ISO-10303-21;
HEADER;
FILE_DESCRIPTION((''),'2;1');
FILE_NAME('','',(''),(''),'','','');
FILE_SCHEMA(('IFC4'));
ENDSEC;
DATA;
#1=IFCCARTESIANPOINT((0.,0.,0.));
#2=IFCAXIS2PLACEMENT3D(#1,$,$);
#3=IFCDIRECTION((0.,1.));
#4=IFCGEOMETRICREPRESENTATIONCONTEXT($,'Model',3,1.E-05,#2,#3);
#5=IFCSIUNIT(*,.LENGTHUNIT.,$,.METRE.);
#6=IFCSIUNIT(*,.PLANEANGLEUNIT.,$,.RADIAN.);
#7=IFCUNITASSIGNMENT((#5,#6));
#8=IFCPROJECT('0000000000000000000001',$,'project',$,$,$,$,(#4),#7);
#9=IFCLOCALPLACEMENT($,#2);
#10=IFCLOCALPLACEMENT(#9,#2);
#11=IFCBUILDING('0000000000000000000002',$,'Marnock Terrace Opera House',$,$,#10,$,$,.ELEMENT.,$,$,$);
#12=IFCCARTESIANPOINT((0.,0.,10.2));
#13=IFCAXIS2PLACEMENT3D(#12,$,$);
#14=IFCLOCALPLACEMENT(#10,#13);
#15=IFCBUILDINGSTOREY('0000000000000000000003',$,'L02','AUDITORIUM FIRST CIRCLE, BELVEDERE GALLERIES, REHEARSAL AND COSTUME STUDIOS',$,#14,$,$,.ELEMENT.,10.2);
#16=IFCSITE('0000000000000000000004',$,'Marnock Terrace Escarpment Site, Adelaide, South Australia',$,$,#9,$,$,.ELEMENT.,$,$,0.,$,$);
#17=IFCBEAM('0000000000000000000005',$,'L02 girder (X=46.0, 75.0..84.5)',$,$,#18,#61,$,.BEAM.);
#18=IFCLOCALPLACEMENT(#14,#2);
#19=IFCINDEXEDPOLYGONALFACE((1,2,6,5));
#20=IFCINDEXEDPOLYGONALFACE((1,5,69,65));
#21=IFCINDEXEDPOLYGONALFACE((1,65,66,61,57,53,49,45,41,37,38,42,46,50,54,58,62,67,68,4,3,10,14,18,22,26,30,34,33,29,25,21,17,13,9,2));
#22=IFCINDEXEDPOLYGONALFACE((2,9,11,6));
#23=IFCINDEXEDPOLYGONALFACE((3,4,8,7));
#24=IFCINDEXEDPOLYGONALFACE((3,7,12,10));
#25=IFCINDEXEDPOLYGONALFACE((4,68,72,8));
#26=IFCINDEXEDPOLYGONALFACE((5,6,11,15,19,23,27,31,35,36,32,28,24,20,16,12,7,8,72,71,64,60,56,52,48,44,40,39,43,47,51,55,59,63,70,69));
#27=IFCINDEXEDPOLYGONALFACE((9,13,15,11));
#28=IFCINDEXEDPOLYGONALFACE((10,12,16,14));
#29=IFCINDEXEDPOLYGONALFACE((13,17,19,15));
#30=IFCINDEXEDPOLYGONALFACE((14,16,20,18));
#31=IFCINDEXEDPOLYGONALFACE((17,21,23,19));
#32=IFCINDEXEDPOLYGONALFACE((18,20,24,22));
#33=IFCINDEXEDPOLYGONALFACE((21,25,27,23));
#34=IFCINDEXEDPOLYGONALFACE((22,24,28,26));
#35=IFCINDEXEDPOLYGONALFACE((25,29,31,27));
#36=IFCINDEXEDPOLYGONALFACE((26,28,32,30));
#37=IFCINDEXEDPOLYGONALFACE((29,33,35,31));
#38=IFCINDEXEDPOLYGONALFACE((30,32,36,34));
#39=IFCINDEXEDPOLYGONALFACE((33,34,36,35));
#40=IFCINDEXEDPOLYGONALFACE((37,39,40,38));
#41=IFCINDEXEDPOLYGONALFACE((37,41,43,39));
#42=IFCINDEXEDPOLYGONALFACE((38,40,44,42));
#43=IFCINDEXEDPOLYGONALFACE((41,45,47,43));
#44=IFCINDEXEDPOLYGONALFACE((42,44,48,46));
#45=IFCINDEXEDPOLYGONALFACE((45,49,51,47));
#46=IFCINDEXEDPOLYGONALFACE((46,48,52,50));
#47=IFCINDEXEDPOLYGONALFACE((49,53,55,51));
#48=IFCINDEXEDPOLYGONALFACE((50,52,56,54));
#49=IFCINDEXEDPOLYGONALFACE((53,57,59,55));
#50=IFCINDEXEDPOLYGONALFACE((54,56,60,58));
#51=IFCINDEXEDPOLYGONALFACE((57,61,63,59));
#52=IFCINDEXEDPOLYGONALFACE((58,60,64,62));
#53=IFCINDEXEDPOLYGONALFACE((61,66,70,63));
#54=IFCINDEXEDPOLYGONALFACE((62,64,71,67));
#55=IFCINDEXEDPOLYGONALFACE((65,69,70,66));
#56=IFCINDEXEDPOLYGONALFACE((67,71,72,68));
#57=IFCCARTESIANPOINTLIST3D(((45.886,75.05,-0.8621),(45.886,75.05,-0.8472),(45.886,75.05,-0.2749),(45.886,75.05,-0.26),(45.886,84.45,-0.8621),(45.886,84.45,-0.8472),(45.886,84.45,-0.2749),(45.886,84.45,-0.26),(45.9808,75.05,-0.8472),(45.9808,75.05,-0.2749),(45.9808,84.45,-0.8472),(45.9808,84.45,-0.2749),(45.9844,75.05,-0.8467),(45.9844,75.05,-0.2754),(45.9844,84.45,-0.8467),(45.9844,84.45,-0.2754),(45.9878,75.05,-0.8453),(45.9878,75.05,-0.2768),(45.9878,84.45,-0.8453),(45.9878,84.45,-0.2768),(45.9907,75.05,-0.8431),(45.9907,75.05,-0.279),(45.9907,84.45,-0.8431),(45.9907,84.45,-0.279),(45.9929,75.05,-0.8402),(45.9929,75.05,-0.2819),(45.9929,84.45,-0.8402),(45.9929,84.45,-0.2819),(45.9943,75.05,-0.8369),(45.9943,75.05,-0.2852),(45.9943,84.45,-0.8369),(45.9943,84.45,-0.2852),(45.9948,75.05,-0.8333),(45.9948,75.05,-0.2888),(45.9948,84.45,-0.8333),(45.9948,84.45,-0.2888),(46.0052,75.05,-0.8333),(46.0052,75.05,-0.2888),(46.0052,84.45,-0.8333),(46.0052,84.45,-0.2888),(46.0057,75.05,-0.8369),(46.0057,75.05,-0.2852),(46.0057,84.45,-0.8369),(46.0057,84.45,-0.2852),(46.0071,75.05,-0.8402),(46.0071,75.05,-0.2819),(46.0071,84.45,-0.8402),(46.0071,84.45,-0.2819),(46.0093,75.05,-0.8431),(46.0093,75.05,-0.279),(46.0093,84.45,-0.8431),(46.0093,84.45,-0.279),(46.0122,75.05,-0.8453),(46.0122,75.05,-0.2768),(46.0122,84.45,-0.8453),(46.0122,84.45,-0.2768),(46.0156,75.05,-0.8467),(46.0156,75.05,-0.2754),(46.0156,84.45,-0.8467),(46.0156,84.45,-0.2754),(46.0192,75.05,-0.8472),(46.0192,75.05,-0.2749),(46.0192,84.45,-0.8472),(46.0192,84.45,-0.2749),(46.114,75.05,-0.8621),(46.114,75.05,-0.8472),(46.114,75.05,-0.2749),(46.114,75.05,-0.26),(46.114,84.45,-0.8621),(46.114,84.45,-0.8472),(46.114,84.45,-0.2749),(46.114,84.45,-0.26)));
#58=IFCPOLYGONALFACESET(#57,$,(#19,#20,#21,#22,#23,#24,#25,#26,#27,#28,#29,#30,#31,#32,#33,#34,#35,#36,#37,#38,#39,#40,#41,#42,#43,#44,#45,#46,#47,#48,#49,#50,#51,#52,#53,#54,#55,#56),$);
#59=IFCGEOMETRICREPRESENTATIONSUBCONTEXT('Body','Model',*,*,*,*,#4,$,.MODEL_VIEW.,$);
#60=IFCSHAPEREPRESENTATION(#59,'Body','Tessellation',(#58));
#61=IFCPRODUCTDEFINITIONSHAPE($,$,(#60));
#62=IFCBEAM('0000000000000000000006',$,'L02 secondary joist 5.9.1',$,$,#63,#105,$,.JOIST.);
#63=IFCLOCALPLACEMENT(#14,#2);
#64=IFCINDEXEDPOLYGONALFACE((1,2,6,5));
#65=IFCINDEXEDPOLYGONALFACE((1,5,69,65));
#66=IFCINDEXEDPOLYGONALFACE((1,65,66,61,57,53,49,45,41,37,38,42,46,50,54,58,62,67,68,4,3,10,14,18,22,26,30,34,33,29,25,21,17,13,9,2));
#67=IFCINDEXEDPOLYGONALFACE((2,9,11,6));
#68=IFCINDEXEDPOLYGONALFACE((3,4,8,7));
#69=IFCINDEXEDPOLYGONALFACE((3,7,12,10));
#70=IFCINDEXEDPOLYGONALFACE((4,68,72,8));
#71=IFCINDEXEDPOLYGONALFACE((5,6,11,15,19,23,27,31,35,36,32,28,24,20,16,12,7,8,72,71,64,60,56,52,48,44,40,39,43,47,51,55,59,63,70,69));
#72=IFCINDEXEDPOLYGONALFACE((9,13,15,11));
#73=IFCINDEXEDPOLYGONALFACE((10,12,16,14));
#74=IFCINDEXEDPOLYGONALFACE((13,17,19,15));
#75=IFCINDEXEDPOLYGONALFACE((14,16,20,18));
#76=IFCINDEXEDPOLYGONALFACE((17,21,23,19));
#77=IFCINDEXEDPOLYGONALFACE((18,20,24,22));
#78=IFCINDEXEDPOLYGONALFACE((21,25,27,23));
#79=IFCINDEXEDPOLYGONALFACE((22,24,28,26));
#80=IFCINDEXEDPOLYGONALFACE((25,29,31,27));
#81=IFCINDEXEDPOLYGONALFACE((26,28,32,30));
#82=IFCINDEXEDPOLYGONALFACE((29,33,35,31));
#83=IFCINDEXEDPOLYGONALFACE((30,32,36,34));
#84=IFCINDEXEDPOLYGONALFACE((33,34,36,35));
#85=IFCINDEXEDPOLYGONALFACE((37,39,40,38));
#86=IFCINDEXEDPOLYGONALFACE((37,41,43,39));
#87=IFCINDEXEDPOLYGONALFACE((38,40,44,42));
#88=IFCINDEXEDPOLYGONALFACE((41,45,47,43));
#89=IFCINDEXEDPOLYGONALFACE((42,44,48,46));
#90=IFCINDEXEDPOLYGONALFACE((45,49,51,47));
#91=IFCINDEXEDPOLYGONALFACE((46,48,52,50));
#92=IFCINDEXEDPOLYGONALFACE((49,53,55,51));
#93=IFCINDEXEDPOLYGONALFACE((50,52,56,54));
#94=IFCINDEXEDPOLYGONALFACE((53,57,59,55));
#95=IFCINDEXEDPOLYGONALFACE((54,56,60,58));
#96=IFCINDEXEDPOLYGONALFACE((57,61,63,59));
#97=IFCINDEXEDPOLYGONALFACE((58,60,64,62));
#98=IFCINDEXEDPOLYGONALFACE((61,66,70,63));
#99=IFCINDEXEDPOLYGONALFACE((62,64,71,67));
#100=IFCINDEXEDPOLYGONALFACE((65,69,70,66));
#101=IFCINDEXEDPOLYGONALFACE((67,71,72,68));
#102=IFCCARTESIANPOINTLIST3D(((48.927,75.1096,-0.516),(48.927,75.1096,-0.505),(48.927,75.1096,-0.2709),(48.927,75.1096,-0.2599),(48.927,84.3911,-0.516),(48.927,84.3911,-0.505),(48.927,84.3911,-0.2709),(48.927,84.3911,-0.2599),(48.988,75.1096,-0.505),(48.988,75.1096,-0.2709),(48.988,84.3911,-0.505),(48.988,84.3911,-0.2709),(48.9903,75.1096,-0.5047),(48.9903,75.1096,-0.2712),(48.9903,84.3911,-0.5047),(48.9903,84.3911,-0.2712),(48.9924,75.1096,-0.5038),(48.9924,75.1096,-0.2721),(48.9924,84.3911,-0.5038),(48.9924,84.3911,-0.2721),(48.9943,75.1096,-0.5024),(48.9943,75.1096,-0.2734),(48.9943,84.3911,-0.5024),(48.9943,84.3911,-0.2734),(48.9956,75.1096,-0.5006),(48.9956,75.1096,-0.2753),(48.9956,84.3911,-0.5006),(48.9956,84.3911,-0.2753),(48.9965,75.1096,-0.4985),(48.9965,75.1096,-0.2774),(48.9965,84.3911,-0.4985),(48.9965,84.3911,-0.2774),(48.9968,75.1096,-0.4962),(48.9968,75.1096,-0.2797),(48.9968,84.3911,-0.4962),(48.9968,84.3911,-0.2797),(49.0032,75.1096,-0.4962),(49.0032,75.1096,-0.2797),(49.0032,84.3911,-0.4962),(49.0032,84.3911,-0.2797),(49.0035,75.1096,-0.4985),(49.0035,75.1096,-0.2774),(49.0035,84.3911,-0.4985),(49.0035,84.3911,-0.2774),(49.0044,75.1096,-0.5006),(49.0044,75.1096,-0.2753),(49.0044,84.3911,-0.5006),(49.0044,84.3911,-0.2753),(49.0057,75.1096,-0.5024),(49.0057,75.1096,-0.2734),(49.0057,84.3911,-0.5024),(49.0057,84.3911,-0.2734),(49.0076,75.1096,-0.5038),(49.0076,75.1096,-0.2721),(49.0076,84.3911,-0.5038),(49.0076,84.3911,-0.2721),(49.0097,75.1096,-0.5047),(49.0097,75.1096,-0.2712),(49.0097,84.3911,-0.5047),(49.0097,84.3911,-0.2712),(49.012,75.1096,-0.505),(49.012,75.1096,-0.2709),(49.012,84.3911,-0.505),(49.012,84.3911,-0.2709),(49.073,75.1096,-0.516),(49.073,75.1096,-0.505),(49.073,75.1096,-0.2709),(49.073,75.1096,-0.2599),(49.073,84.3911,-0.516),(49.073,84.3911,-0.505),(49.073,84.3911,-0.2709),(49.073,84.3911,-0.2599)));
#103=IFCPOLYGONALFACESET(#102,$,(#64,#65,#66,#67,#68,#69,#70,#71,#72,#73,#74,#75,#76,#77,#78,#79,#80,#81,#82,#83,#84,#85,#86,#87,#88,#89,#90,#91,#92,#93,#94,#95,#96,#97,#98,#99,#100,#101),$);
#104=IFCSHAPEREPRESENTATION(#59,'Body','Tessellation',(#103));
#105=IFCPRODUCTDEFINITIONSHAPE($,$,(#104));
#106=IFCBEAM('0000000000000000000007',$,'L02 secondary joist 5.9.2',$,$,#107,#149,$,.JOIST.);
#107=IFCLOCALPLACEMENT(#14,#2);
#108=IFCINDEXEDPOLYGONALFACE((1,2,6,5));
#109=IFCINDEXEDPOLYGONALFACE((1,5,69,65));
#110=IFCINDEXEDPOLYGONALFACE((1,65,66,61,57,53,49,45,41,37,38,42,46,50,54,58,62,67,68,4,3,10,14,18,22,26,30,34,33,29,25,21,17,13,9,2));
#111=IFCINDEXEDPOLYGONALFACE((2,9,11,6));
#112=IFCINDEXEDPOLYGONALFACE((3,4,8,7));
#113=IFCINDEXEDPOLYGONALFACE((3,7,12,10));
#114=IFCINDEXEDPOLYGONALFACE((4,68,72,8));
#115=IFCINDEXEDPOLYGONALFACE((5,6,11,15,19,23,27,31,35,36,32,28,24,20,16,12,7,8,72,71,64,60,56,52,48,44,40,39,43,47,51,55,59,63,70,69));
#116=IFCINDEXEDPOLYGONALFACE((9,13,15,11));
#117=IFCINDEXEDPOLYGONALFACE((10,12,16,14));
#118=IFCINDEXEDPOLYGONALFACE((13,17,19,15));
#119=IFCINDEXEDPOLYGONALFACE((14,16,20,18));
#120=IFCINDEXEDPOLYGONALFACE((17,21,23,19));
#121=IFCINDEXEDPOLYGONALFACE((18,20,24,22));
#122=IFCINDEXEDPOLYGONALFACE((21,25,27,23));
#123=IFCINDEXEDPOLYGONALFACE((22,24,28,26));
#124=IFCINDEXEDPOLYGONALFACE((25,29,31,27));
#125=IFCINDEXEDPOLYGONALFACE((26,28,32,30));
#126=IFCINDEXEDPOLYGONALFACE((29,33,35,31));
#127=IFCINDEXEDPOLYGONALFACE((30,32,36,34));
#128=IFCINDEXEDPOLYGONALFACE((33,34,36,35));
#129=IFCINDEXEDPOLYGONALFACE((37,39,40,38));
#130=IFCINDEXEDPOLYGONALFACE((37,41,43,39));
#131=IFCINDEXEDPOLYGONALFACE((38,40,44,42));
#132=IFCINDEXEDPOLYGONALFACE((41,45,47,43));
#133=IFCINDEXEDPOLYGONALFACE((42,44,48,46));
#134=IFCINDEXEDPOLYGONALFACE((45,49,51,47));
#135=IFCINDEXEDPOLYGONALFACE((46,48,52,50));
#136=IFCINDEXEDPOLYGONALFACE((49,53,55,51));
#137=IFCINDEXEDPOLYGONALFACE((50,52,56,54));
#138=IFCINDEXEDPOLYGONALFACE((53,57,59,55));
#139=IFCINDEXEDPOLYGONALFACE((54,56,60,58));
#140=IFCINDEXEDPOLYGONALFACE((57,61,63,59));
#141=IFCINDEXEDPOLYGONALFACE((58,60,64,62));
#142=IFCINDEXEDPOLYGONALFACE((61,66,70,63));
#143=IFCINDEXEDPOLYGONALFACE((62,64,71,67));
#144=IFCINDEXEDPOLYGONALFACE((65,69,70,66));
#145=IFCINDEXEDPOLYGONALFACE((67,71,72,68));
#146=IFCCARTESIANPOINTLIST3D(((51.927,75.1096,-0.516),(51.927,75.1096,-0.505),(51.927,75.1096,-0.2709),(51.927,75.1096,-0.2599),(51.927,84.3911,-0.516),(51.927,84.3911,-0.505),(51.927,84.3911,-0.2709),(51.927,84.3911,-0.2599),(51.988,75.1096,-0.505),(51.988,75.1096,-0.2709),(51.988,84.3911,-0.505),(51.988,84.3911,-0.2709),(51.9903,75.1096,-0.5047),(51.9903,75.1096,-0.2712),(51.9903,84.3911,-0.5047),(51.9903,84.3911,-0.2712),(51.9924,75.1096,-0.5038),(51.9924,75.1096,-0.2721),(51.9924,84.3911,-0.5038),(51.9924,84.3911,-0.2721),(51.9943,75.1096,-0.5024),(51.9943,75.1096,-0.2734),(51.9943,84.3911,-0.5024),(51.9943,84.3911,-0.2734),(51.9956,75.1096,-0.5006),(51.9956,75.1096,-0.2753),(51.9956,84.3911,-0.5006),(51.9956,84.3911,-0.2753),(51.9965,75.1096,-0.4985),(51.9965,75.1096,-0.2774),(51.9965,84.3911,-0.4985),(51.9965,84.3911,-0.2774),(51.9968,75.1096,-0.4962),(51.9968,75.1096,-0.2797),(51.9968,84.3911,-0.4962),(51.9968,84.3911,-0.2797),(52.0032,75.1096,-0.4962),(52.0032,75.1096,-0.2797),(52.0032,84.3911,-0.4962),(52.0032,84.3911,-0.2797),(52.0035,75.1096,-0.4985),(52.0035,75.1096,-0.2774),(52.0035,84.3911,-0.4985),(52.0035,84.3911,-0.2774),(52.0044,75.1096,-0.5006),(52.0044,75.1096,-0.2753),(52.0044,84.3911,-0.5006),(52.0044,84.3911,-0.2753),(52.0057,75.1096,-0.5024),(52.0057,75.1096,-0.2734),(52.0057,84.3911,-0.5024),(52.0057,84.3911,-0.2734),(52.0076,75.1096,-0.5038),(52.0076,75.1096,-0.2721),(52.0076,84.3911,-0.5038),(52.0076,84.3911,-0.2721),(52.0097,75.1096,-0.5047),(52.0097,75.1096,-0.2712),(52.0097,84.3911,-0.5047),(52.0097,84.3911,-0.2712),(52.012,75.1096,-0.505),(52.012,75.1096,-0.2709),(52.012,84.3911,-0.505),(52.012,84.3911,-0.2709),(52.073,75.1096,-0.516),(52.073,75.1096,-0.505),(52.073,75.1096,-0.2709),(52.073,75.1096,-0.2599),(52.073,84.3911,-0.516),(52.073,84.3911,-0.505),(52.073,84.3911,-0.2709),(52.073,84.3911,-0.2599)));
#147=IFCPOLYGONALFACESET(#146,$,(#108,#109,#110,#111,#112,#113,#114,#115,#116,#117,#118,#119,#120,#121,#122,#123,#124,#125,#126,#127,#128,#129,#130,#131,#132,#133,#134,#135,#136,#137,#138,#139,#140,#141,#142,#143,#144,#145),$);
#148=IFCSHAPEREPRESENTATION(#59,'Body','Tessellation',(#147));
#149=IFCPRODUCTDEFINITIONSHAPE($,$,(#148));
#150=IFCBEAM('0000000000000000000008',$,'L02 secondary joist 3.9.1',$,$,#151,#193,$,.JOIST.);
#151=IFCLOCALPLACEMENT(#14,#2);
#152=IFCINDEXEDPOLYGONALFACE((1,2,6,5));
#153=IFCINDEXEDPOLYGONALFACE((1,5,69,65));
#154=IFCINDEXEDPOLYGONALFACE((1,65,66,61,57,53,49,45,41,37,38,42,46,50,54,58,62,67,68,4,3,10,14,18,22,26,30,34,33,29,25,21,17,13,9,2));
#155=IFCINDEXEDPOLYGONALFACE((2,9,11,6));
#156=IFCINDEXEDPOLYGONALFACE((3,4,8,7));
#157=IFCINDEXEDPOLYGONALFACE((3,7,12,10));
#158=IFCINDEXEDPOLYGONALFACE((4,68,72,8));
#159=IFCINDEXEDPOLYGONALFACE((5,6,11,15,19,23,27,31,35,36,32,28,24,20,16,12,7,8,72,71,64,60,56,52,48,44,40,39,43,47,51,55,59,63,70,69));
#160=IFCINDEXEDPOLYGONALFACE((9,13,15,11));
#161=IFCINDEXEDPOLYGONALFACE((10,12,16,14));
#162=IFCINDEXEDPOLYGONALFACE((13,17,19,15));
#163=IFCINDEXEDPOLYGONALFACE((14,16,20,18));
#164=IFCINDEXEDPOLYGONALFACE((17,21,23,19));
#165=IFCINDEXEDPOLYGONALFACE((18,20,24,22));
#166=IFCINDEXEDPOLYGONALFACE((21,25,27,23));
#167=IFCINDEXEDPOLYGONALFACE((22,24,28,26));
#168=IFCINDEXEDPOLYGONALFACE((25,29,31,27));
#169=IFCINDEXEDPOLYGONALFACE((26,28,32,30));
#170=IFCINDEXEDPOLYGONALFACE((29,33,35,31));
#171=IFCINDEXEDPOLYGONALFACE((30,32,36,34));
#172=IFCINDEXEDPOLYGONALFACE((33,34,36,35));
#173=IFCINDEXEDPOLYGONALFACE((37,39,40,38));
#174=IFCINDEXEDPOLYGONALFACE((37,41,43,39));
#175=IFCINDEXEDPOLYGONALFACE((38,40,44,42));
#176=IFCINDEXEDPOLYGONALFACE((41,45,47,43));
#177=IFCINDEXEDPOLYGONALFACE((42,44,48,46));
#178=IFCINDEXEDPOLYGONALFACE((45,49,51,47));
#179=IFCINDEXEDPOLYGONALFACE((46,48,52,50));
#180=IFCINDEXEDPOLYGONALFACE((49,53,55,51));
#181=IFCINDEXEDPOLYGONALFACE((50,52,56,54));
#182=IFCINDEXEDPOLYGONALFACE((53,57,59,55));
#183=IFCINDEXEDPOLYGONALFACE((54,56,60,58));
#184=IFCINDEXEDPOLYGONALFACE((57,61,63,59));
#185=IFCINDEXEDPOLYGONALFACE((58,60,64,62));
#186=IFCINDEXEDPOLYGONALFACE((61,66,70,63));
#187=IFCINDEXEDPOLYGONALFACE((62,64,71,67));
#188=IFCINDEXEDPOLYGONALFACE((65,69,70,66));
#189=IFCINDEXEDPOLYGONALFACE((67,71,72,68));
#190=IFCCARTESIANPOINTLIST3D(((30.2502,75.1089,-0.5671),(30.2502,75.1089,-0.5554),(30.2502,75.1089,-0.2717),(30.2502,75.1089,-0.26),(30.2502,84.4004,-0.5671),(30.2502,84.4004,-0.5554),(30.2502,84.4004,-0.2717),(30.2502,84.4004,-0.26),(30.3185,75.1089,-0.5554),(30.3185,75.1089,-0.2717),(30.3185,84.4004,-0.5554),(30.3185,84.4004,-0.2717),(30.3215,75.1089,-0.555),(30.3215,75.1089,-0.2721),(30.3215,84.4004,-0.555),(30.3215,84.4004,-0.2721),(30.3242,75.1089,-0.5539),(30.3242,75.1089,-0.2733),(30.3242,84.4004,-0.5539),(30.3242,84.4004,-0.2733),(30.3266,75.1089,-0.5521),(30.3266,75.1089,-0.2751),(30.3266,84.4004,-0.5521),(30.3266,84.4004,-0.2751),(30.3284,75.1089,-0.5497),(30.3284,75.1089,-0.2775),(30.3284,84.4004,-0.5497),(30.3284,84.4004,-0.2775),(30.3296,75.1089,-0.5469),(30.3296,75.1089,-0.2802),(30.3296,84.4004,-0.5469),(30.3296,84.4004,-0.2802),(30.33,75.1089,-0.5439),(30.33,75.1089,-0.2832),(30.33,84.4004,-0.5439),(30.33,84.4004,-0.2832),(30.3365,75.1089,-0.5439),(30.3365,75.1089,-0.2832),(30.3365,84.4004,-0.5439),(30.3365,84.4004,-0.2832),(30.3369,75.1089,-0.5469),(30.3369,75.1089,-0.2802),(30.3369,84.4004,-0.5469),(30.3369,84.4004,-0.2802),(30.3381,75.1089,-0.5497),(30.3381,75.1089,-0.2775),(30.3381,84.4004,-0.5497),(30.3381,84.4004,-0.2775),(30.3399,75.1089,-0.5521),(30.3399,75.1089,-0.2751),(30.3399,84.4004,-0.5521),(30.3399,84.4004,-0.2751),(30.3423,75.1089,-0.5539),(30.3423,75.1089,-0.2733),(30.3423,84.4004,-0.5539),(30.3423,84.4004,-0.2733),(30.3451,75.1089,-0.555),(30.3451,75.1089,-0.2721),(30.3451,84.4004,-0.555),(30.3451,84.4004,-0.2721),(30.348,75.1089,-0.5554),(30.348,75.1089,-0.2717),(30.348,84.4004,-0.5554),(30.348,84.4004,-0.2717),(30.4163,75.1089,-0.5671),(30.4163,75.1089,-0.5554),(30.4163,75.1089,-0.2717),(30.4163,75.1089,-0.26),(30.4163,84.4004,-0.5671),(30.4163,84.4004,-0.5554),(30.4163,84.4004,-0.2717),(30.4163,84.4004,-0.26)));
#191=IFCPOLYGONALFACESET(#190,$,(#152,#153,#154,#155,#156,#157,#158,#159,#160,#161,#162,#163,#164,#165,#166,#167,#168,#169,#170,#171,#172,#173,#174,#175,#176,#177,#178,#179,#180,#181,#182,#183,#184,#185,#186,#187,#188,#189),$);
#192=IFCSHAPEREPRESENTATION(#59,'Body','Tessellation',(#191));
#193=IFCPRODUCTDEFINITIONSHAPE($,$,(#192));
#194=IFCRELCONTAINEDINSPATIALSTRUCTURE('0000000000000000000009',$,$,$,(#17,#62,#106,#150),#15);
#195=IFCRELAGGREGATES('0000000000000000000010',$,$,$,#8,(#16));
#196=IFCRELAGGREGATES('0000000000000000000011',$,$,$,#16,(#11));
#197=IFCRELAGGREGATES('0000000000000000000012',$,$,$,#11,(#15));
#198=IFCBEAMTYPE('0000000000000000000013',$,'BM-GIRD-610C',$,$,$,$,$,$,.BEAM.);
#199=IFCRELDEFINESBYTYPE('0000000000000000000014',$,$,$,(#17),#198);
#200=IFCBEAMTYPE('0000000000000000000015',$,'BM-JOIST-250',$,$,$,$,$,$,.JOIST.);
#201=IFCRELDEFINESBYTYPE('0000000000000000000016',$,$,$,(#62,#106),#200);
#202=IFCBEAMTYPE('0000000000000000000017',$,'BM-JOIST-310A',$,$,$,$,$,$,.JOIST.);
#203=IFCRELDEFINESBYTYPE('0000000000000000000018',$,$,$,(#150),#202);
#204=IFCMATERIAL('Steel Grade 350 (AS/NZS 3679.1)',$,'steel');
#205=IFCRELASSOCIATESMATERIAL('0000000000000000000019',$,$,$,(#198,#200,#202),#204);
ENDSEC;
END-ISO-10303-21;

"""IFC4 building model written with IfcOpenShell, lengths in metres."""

from ifc_helpers import new_model, si_unit, direction, frame, origin, origin_2d, place, context, subcontext, project, spatial, i_section, extrude, material, material_profile, profile_set, type_object, element, save


model = new_model("IFC4")

# Units and contexts
model_context = context("Model", 3, precision=1e-05, world=origin(), true_north=direction((0.0, 1.0)))
body_context = subcontext(model_context, "Body", "Model", "MODEL_VIEW")
ifc_project = project(units=[si_unit("LENGTHUNIT", "METRE"), si_unit("PLANEANGLEUNIT", "RADIAN")], contexts=[model_context])

# Site, building, storey
site_placement = place(None, origin())
site = spatial("IfcSite", under=ifc_project, at=site_placement, Name="Marnock Terrace Escarpment Site, Adelaide, South Australia", CompositionType="ELEMENT", RefElevation=0.0)
building_placement = place(site_placement, origin())
building = spatial("IfcBuilding", under=site, at=building_placement, Name="Marnock Terrace Opera House", CompositionType="ELEMENT")
storey_placement = place(building_placement, frame((0.0, 0.0, 10.2)))
storey = spatial("IfcBuildingStorey", under=building, at=storey_placement, Name="L02", Description="AUDITORIUM FIRST CIRCLE, BELVEDERE GALLERIES, REHEARSAL AND COSTUME STUDIOS", CompositionType="ELEMENT", Elevation=10.2)

# Shared definitions
ifc_material_1 = material(Name="Steel Grade 350 (AS/NZS 3679.1)", Category="steel")

# Beams
ifc_material_profile_1 = material_profile(ifc_material_1, i_section(OverallWidth=0.228, OverallDepth=0.6021, WebThickness=0.0105, FlangeThickness=0.0149, FilletRadius=0.0139, at=origin_2d()))
ifc_profile_set_1 = profile_set([ifc_material_profile_1], Name="Steel Grade 350 (AS/NZS 3679.1)")
beam_type_1 = type_object("IfcBeamType", Name="BM-GIRD-610C", PredefinedType="BEAM", material=ifc_profile_set_1)
beam_1_placement = place(storey_placement, frame((46.0, 75.05, -0.561), z_axis=(0.0, 1.0, 0.0), x_axis=(-1.0, 0.0, 0.0)))
element("IfcBeam", 1, at=beam_1_placement, inside=storey, type_object=beam_type_1, Name="L02 girder (X=46.0, 75.0..84.5)", PredefinedType="BEAM", context=body_context, shape_type="SweptSolid", body=[
    extrude(i_section(OverallWidth=0.228, OverallDepth=0.6021, WebThickness=0.0105, FlangeThickness=0.0149, FilletRadius=0.0139, at=origin_2d()), origin(), (0.0, 0.0, 1.0), 9.3999),
])
ifc_material_profile_2 = material_profile(ifc_material_1, i_section(OverallWidth=0.146, OverallDepth=0.2561, WebThickness=0.0063, FlangeThickness=0.011, FilletRadius=0.0088, at=origin_2d()))
ifc_profile_set_2 = profile_set([ifc_material_profile_2], Name="Steel Grade 350 (AS/NZS 3679.1)")
beam_type_2 = type_object("IfcBeamType", Name="BM-JOIST-250", PredefinedType="JOIST", material=ifc_profile_set_2)
for number, where, z_axis, x_axis, name in (
    (2, (49.0, 75.1096, -0.3879), (0.0, 1.0, 0.0), (-1.0, 0.0, 0.0), "L02 secondary joist 5.9.1"),
    (3, (52.0, 75.1096, -0.3879), (0.0, 1.0, 0.0), (-1.0, 0.0, 0.0), "L02 secondary joist 5.9.2"),
):
    element("IfcBeam", number, at=place(storey_placement, frame(where, z_axis=z_axis, x_axis=x_axis)), inside=storey, type_object=beam_type_2, Name=name, PredefinedType="JOIST", context=body_context, shape_type="SweptSolid", body=[
        extrude(i_section(OverallWidth=0.146, OverallDepth=0.2561, WebThickness=0.0063, FlangeThickness=0.011, FilletRadius=0.0088, at=origin_2d()), origin(), (0.0, 0.0, 1.0), 9.2815),
    ])
ifc_material_profile_3 = material_profile(ifc_material_1, i_section(OverallWidth=0.166, OverallDepth=0.3071, WebThickness=0.0066, FlangeThickness=0.0117, FilletRadius=0.0115, at=origin_2d()))
ifc_profile_set_3 = profile_set([ifc_material_profile_3], Name="Steel Grade 350 (AS/NZS 3679.1)")
beam_type_3 = type_object("IfcBeamType", Name="BM-JOIST-310A", PredefinedType="JOIST", material=ifc_profile_set_3)
for number, where, z_axis, x_axis, name in (
    (4, (30.3333, 75.1089, -0.4136), (0.0, 1.0, 0.0), (-1.0, 0.0, 0.0), "L02 secondary joist 3.9.1"),
):
    element("IfcBeam", number, at=place(storey_placement, frame(where, z_axis=z_axis, x_axis=x_axis)), inside=storey, type_object=beam_type_3, Name=name, PredefinedType="JOIST", context=body_context, shape_type="SweptSolid", body=[
        extrude(i_section(OverallWidth=0.166, OverallDepth=0.3071, WebThickness=0.0066, FlangeThickness=0.0117, FilletRadius=0.0115, at=origin_2d()), origin(), (0.0, 0.0, 1.0), 9.2915),
    ])

save(model, "model.ifc")
